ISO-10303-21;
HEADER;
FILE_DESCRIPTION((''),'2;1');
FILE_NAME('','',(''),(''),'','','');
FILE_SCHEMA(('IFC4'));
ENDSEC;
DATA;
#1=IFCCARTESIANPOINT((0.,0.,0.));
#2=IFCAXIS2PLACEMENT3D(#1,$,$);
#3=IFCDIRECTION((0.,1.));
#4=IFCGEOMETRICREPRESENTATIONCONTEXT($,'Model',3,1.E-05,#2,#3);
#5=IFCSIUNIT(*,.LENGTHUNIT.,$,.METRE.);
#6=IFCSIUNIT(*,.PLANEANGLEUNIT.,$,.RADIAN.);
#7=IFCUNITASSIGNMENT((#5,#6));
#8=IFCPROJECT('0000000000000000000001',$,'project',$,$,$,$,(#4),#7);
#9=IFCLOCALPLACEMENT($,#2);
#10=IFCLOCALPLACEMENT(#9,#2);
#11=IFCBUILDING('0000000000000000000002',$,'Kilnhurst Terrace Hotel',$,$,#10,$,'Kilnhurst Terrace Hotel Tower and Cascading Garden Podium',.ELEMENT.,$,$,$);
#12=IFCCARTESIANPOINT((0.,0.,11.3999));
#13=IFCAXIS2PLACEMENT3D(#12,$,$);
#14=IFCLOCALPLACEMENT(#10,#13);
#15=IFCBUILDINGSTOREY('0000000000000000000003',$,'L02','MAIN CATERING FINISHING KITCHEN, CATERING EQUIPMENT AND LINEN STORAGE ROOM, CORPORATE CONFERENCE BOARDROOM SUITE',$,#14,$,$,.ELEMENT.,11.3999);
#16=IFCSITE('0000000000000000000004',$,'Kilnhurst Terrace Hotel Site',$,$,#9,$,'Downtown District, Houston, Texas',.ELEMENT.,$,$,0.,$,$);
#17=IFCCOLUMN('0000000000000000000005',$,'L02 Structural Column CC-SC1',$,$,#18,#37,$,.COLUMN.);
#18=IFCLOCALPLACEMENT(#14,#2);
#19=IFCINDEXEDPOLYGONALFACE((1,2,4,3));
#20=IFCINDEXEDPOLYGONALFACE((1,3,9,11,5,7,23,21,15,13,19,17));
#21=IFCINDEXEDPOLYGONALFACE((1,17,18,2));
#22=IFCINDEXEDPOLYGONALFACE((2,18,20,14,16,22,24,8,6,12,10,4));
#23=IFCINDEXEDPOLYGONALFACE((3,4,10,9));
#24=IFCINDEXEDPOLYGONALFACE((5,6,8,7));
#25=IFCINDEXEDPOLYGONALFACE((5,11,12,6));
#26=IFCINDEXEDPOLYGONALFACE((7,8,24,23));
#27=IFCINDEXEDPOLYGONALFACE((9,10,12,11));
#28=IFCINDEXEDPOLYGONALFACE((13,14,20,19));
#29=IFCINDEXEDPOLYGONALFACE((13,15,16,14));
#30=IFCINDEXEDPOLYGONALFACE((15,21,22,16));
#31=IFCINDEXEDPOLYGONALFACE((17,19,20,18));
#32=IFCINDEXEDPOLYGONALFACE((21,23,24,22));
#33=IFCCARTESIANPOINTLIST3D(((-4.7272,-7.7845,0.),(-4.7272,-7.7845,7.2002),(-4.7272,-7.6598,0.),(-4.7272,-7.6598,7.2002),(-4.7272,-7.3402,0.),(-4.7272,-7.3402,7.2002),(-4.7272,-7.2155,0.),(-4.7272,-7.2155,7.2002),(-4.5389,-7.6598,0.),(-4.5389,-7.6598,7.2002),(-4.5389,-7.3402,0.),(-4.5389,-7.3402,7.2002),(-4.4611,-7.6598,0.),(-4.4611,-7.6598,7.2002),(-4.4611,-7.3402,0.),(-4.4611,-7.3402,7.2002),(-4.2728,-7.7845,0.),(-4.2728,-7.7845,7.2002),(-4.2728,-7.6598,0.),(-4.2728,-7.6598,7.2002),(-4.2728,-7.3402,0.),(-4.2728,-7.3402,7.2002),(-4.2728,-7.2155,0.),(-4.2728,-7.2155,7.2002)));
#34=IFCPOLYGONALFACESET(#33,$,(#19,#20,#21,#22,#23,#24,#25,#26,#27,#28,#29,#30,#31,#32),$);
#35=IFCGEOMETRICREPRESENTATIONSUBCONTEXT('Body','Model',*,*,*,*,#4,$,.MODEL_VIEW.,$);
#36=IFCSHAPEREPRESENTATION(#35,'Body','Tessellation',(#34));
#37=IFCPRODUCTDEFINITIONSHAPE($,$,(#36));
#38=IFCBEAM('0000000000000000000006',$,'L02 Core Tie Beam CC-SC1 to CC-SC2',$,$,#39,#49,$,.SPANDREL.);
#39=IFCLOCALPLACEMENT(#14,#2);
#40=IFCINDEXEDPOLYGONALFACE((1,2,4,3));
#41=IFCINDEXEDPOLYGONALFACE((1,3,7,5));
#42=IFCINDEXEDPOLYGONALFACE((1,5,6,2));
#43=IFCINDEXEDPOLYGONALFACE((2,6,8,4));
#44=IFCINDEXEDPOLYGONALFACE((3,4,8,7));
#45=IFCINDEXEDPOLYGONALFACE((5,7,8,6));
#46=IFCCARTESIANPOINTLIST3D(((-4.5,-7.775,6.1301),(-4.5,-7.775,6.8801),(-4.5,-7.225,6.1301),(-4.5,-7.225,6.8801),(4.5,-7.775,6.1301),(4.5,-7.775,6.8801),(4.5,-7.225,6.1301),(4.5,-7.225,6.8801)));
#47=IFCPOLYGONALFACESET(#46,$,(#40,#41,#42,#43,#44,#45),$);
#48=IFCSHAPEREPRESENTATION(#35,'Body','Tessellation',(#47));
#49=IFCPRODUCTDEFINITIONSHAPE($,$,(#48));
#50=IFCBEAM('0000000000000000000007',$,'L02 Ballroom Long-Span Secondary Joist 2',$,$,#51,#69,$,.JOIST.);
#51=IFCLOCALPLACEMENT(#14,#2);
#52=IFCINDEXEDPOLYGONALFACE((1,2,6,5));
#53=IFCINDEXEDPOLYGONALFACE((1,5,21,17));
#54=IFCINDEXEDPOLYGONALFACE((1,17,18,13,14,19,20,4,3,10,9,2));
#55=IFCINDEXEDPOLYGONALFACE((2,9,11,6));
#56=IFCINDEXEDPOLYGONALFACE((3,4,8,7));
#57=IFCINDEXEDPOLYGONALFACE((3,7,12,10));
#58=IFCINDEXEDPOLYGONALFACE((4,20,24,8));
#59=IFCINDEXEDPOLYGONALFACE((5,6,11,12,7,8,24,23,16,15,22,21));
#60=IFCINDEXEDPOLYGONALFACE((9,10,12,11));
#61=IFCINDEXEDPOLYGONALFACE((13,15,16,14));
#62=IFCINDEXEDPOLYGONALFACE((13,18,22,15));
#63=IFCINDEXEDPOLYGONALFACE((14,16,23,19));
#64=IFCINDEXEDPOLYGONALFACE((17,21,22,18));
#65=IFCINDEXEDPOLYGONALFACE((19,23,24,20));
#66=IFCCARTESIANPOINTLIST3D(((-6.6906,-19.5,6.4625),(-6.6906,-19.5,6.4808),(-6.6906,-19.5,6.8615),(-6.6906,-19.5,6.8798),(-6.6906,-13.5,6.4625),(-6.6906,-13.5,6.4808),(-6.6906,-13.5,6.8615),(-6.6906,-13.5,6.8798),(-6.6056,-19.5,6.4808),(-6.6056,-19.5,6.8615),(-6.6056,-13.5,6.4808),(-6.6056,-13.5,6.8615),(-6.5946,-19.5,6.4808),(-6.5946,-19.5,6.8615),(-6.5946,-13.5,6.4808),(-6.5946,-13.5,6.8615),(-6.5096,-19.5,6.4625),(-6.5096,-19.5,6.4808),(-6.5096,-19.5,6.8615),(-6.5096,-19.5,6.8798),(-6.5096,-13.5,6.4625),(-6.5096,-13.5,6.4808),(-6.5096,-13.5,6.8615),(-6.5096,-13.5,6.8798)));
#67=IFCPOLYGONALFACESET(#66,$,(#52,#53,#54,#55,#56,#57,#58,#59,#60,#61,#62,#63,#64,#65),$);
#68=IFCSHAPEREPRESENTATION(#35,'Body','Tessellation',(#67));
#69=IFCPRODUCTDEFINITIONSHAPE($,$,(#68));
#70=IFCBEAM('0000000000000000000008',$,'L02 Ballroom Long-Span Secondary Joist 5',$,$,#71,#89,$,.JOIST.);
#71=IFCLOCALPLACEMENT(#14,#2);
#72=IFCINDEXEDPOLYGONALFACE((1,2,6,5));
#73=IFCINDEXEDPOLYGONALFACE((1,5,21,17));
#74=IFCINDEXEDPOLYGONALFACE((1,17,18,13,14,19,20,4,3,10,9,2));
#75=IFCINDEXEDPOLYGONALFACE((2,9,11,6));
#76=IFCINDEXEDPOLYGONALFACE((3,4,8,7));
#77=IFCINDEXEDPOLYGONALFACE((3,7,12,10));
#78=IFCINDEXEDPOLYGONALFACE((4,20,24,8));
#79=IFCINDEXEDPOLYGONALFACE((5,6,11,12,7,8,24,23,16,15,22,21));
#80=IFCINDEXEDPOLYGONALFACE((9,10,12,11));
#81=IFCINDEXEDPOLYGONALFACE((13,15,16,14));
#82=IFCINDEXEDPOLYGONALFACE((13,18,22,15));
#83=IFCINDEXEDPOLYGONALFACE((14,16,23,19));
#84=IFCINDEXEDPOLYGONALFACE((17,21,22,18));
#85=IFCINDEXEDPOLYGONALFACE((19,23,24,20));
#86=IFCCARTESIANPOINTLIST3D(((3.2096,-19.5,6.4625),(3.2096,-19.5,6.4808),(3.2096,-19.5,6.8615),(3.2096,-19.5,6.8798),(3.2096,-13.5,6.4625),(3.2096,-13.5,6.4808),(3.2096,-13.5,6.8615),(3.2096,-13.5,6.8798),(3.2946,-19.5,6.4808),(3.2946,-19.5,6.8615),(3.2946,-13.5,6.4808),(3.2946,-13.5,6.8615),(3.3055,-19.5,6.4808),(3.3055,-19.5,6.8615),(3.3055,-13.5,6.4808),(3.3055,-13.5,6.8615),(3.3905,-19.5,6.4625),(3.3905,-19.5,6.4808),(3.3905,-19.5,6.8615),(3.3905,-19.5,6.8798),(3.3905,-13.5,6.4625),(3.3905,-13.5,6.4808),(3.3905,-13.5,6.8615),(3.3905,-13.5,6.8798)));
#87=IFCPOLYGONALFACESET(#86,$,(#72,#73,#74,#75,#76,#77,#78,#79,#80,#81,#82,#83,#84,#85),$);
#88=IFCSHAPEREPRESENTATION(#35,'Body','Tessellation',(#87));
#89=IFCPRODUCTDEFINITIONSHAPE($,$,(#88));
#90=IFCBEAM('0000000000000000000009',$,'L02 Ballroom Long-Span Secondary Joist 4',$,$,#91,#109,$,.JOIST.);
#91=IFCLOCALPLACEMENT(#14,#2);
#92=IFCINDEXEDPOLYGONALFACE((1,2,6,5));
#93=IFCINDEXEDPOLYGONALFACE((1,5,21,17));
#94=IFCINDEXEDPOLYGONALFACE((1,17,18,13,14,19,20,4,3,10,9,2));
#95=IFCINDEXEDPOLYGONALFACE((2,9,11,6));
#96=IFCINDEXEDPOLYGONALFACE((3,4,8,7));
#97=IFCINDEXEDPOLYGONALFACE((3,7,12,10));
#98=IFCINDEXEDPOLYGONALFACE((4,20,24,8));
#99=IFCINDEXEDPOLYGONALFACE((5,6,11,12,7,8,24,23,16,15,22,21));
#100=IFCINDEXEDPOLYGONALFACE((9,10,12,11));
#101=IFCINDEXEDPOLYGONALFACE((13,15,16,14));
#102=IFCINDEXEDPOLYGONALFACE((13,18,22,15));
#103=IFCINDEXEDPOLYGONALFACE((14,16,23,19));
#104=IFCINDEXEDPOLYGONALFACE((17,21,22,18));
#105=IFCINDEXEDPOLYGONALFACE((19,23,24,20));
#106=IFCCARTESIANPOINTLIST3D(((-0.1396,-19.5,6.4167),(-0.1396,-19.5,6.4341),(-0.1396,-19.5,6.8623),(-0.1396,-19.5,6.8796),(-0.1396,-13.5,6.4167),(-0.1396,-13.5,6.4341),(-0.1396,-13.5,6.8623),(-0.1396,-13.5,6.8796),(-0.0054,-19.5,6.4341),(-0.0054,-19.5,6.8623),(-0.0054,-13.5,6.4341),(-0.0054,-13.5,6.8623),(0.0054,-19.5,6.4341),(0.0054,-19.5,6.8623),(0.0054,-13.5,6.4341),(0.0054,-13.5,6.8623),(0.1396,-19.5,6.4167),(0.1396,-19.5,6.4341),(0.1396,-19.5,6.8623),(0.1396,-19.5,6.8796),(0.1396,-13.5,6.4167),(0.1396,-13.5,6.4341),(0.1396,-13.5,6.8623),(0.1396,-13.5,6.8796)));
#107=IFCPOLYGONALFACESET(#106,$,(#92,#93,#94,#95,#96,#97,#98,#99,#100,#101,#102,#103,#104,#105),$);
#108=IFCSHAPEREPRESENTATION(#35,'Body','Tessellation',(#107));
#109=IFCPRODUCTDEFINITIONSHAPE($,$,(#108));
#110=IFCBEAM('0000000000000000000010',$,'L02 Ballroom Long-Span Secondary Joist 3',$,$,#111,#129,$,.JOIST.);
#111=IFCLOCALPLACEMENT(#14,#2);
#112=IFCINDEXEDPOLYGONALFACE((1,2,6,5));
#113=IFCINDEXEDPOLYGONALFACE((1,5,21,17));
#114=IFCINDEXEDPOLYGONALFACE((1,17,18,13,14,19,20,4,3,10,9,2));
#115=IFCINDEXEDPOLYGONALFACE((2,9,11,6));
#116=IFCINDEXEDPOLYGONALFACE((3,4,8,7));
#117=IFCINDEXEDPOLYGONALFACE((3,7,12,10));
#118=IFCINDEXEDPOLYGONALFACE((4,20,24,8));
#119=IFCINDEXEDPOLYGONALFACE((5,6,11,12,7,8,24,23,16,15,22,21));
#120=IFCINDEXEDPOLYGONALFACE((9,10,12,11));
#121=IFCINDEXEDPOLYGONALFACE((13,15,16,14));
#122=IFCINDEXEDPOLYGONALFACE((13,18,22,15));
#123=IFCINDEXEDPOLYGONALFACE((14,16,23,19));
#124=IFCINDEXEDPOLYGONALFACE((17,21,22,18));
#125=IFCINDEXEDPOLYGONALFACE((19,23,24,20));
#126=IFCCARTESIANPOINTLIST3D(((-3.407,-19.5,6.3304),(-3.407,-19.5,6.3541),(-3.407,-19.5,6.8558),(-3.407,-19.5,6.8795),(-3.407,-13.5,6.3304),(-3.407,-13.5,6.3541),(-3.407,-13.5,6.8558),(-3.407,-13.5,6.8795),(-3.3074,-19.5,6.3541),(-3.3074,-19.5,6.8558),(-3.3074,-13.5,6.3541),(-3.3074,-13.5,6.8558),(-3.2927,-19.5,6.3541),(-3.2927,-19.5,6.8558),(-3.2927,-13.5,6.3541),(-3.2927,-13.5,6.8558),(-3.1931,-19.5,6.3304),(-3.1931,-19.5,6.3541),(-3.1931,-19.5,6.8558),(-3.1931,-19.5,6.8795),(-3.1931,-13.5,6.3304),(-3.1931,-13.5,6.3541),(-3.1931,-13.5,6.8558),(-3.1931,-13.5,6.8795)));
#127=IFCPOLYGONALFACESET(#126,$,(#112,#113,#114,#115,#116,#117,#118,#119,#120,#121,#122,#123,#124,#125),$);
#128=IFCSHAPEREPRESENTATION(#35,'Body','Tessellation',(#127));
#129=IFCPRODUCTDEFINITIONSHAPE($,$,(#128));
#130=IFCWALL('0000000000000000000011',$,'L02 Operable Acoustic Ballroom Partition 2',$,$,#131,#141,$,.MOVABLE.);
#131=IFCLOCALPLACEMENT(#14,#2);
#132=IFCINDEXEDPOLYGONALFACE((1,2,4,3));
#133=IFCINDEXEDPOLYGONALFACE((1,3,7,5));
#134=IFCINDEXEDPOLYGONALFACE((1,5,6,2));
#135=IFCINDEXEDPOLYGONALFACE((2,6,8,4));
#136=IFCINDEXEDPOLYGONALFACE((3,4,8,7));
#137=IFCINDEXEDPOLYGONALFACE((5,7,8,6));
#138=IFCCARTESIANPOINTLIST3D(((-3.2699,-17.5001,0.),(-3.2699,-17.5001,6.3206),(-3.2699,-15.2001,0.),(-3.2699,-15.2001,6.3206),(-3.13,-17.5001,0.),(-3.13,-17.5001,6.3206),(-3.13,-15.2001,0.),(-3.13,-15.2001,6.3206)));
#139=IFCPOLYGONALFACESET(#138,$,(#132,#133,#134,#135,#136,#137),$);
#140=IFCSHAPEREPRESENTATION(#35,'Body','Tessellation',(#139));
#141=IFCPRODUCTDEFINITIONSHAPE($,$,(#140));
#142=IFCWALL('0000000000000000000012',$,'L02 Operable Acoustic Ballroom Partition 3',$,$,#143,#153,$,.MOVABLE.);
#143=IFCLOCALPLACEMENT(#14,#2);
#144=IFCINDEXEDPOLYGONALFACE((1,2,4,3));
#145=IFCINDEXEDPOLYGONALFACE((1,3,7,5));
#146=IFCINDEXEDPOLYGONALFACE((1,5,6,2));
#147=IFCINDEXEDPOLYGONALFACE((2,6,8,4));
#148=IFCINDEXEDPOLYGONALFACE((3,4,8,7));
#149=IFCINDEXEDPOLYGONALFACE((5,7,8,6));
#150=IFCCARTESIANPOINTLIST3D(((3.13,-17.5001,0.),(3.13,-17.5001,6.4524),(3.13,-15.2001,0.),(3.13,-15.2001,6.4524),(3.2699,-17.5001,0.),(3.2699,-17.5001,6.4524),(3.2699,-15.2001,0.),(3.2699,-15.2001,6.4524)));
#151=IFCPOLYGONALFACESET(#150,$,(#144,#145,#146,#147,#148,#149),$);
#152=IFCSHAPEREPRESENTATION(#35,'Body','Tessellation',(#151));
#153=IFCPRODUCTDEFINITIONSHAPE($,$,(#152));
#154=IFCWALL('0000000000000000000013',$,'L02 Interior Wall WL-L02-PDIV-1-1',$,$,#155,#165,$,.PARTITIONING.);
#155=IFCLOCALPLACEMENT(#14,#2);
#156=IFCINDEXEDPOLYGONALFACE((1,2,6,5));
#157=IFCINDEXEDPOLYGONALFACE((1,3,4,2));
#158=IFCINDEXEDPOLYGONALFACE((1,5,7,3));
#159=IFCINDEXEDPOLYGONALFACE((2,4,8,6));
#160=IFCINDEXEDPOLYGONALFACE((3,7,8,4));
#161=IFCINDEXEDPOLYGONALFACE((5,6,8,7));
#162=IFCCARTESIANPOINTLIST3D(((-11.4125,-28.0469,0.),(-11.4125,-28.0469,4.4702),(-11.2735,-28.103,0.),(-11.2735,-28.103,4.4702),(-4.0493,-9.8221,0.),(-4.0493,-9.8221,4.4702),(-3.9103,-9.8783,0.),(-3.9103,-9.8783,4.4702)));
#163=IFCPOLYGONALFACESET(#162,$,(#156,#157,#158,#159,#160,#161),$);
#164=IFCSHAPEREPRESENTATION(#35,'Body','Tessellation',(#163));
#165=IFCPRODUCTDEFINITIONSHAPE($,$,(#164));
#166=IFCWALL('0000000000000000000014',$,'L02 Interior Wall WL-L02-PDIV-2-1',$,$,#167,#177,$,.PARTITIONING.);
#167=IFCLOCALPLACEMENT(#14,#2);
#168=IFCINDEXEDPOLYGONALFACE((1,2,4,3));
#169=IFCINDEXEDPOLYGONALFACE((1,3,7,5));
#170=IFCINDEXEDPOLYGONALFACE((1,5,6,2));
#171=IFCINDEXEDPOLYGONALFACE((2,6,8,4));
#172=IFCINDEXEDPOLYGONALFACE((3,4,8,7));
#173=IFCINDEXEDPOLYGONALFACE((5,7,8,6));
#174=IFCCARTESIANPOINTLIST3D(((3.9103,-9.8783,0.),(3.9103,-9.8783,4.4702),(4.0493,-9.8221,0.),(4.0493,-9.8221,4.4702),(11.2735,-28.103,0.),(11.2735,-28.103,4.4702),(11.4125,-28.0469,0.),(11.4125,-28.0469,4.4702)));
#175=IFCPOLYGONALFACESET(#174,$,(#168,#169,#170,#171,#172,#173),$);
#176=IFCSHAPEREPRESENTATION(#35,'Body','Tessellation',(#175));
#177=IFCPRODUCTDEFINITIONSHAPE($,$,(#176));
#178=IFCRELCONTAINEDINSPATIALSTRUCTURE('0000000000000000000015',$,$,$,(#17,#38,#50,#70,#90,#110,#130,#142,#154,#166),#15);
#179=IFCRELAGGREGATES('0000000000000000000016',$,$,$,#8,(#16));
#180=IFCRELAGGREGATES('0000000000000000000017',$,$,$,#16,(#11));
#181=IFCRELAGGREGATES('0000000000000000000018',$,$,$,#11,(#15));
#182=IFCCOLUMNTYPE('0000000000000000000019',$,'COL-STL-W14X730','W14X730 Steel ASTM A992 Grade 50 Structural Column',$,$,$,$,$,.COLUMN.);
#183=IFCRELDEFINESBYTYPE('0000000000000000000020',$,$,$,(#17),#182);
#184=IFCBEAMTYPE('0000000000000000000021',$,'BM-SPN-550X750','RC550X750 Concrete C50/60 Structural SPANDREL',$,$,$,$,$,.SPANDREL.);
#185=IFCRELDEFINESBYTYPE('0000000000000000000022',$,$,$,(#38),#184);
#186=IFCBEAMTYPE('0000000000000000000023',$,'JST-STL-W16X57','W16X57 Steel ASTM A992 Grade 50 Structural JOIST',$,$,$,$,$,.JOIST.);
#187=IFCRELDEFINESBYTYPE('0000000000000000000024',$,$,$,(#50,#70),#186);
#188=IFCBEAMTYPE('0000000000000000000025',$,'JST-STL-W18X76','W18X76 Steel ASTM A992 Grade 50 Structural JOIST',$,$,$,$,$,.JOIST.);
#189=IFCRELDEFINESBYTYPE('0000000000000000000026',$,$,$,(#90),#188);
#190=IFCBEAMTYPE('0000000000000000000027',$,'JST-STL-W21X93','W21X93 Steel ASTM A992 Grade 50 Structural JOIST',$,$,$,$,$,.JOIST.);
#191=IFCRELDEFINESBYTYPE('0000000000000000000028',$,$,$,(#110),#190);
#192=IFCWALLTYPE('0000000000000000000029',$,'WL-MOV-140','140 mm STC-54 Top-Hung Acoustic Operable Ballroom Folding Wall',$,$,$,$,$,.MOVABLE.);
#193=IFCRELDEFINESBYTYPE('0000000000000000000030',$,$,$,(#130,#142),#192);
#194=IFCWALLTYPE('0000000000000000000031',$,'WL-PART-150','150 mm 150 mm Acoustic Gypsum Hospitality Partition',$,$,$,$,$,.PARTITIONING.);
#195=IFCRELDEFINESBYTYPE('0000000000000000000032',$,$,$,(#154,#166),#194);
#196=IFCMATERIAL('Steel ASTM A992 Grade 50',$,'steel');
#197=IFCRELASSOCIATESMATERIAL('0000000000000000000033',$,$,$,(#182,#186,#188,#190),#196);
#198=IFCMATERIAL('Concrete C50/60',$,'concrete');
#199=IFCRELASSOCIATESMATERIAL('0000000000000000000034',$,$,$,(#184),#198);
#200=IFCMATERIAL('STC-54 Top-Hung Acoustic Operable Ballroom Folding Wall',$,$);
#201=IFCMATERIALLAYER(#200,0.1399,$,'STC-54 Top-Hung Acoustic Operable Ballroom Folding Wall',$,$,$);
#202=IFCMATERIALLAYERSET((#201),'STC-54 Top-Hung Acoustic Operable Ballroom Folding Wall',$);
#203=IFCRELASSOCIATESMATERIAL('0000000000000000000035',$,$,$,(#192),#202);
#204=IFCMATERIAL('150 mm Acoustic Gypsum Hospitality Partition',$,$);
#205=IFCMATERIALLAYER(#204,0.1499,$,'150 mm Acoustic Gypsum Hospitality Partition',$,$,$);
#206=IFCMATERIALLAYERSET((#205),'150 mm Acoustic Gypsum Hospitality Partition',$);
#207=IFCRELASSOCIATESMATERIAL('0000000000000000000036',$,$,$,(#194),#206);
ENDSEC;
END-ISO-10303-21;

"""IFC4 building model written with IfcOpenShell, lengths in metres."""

from ifc_helpers import new_model, si_unit, direction, frame, frame_2d, origin, origin_2d, place, context, subcontext, project, spatial, rectangle, i_section, extrude, material, layer, layer_set, material_profile, profile_set, type_object, element, save


model = new_model("IFC4")

# Units and contexts
model_context = context("Model", 3, precision=1e-05, world=origin(), true_north=direction((0.0, 1.0)))
body_context = subcontext(model_context, "Body", "Model", "MODEL_VIEW")
ifc_project = project(units=[si_unit("LENGTHUNIT", "METRE"), si_unit("PLANEANGLEUNIT", "RADIAN")], contexts=[model_context])

# Site, building, storey
site_placement = place(None, origin())
site = spatial("IfcSite", under=ifc_project, at=site_placement, Name="Kilnhurst Terrace Hotel Site", LongName="Downtown District, Houston, Texas", CompositionType="ELEMENT", RefElevation=0.0)
building_placement = place(site_placement, origin())
building = spatial("IfcBuilding", under=site, at=building_placement, Name="Kilnhurst Terrace Hotel", LongName="Kilnhurst Terrace Hotel Tower and Cascading Garden Podium", CompositionType="ELEMENT")
storey_placement = place(building_placement, frame((0.0, 0.0, 11.3999)))
storey = spatial("IfcBuildingStorey", under=building, at=storey_placement, Name="L02", Description="MAIN CATERING FINISHING KITCHEN, CATERING EQUIPMENT AND LINEN STORAGE ROOM, CORPORATE CONFERENCE BOARDROOM SUITE", CompositionType="ELEMENT", Elevation=11.3999)

# Column
ifc_material_1 = material(Name="Steel ASTM A992 Grade 50", Category="steel")
ifc_material_profile_1 = material_profile(ifc_material_1, i_section(OverallWidth=0.4543, OverallDepth=0.5691, WebThickness=0.0779, FlangeThickness=0.1248, at=origin_2d()), Name="W14X730")
ifc_profile_set_1 = profile_set([ifc_material_profile_1], Name="Steel ASTM A992 Grade 50")
column_type = type_object("IfcColumnType", Name="COL-STL-W14X730", Description="W14X730 Steel ASTM A992 Grade 50 Structural Column", PredefinedType="COLUMN", material=ifc_profile_set_1)
column_placement = place(storey_placement, frame((-4.5, -7.5, 0.0), z_axis=(0.0, 0.0, 1.0), x_axis=(1.0, 0.0, 0.0)))
element("IfcColumn", 1, at=column_placement, inside=storey, type_object=column_type, Name="L02 Structural Column CC-SC1", PredefinedType="COLUMN", context=body_context, shape_type="SweptSolid", body=[
    extrude(i_section(OverallWidth=0.4543, OverallDepth=0.5691, WebThickness=0.0779, FlangeThickness=0.1248, at=origin_2d()), origin(), (0.0, 0.0, 1.0), 7.2002),
])

# Beams
ifc_material_2 = material(Name="Concrete C50/60", Category="concrete")
ifc_material_profile_2 = material_profile(ifc_material_2, rectangle(XDim=0.55, YDim=0.75, at=origin_2d()), Name="RC550X750")
ifc_profile_set_2 = profile_set([ifc_material_profile_2], Name="Concrete C50/60")
beam_type_1 = type_object("IfcBeamType", Name="BM-SPN-550X750", Description="RC550X750 Concrete C50/60 Structural SPANDREL", PredefinedType="SPANDREL", material=ifc_profile_set_2)
beam_1_placement = place(storey_placement, frame((-4.5, -7.5, 6.5051), z_axis=(1.0, 0.0, 0.0), x_axis=(0.0, 1.0, 0.0)))
element("IfcBeam", 2, at=beam_1_placement, inside=storey, type_object=beam_type_1, Name="L02 Core Tie Beam CC-SC1 to CC-SC2", PredefinedType="SPANDREL", context=body_context, shape_type="SweptSolid", body=[
    extrude(rectangle(XDim=0.55, YDim=0.75, at=origin_2d()), origin(), (0.0, 0.0, 1.0), 9.0),
])
ifc_material_profile_3 = material_profile(ifc_material_1, i_section(OverallWidth=0.1809, OverallDepth=0.4172, WebThickness=0.011, FlangeThickness=0.0183, at=origin_2d()), Name="W16X57")
ifc_profile_set_3 = profile_set([ifc_material_profile_3], Name="Steel ASTM A992 Grade 50")
beam_type_2 = type_object("IfcBeamType", Name="JST-STL-W16X57", Description="W16X57 Steel ASTM A992 Grade 50 Structural JOIST", PredefinedType="JOIST", material=ifc_profile_set_3)
for number, where, z_axis, x_axis, name in (
    (3, (-6.6001, -19.5, 6.6711), (0.0, 1.0, 0.0), (-1.0, 0.0, 0.0), "L02 Ballroom Long-Span Secondary Joist 2"),
    (4, (3.3, -19.5, 6.6711), (0.0, 1.0, 0.0), (-1.0, 0.0, 0.0), "L02 Ballroom Long-Span Secondary Joist 5"),
):
    element("IfcBeam", number, at=place(storey_placement, frame(where, z_axis=z_axis, x_axis=x_axis)), inside=storey, type_object=beam_type_2, Name=name, PredefinedType="JOIST", context=body_context, shape_type="SweptSolid", body=[
        extrude(i_section(OverallWidth=0.1809, OverallDepth=0.4172, WebThickness=0.011, FlangeThickness=0.0183, at=origin_2d()), origin(), (0.0, 0.0, 1.0), 6.0),
    ])
ifc_material_profile_4 = material_profile(ifc_material_1, i_section(OverallWidth=0.2793, OverallDepth=0.4629, WebThickness=0.0107, FlangeThickness=0.0173, at=origin_2d()), Name="W18X76")
ifc_profile_set_4 = profile_set([ifc_material_profile_4], Name="Steel ASTM A992 Grade 50")
beam_type_3 = type_object("IfcBeamType", Name="JST-STL-W18X76", Description="W18X76 Steel ASTM A992 Grade 50 Structural JOIST", PredefinedType="JOIST", material=ifc_profile_set_4)
beam_2_placement = place(storey_placement, frame((0.0, -19.5, 6.6482), z_axis=(0.0, 1.0, 0.0), x_axis=(-1.0, 0.0, 0.0)))
element("IfcBeam", 5, at=beam_2_placement, inside=storey, type_object=beam_type_3, Name="L02 Ballroom Long-Span Secondary Joist 4", PredefinedType="JOIST", context=body_context, shape_type="SweptSolid", body=[
    extrude(i_section(OverallWidth=0.2793, OverallDepth=0.4629, WebThickness=0.0107, FlangeThickness=0.0173, at=origin_2d()), origin(), (0.0, 0.0, 1.0), 6.0),
])
ifc_material_profile_5 = material_profile(ifc_material_1, i_section(OverallWidth=0.2139, OverallDepth=0.5491, WebThickness=0.0146, FlangeThickness=0.0237, at=origin_2d()), Name="W21X93")
ifc_profile_set_5 = profile_set([ifc_material_profile_5], Name="Steel ASTM A992 Grade 50")
beam_type_4 = type_object("IfcBeamType", Name="JST-STL-W21X93", Description="W21X93 Steel ASTM A992 Grade 50 Structural JOIST", PredefinedType="JOIST", material=ifc_profile_set_5)
beam_3_placement = place(storey_placement, frame((-3.3, -19.5, 6.605), z_axis=(0.0, 1.0, 0.0), x_axis=(-1.0, 0.0, 0.0)))
element("IfcBeam", 6, at=beam_3_placement, inside=storey, type_object=beam_type_4, Name="L02 Ballroom Long-Span Secondary Joist 3", PredefinedType="JOIST", context=body_context, shape_type="SweptSolid", body=[
    extrude(i_section(OverallWidth=0.2139, OverallDepth=0.5491, WebThickness=0.0146, FlangeThickness=0.0237, at=origin_2d()), origin(), (0.0, 0.0, 1.0), 6.0),
])

# Walls
ifc_material_3 = material(Name="STC-54 Top-Hung Acoustic Operable Ballroom Folding Wall")
ifc_layer_1 = layer(ifc_material_3, 0.1399, Name="STC-54 Top-Hung Acoustic Operable Ballroom Folding Wall")
ifc_layer_set_1 = layer_set([ifc_layer_1], Name="STC-54 Top-Hung Acoustic Operable Ballroom Folding Wall")
wall_type_1 = type_object("IfcWallType", Name="WL-MOV-140", Description="140 mm STC-54 Top-Hung Acoustic Operable Ballroom Folding Wall", PredefinedType="MOVABLE", material=ifc_layer_set_1)
wall_1_placement = place(storey_placement, frame((-3.2, -17.5, 0.0), z_axis=(0.0, 0.0, 1.0), x_axis=(0.0, 1.0, 0.0)))
element("IfcWall", 7, at=wall_1_placement, inside=storey, type_object=wall_type_1, Name="L02 Operable Acoustic Ballroom Partition 2", PredefinedType="MOVABLE", context=body_context, shape_type="SweptSolid", body=[
    extrude(rectangle(XDim=2.3, YDim=0.1399, at=frame_2d((1.1499, 0.0))), origin(), (0.0, 0.0, 1.0), 6.3206),
])
wall_2_placement = place(storey_placement, frame((3.2, -17.5, 0.0), z_axis=(0.0, 0.0, 1.0), x_axis=(0.0, 1.0, 0.0)))
element("IfcWall", 8, at=wall_2_placement, inside=storey, type_object=wall_type_1, Name="L02 Operable Acoustic Ballroom Partition 3", PredefinedType="MOVABLE", context=body_context, shape_type="SweptSolid", body=[
    extrude(rectangle(XDim=2.3, YDim=0.1399, at=frame_2d((1.1499, 0.0))), origin(), (0.0, 0.0, 1.0), 6.4524),
])
ifc_material_4 = material(Name="150 mm Acoustic Gypsum Hospitality Partition")
ifc_layer_2 = layer(ifc_material_4, 0.1499, Name="150 mm Acoustic Gypsum Hospitality Partition")
ifc_layer_set_2 = layer_set([ifc_layer_2], Name="150 mm Acoustic Gypsum Hospitality Partition")
wall_type_2 = type_object("IfcWallType", Name="WL-PART-150", Description="150 mm 150 mm Acoustic Gypsum Hospitality Partition", PredefinedType="PARTITIONING", material=ifc_layer_set_2)
for number, where, z_axis, x_axis, name in (
    (9, (-3.9797, -9.8501, 0.0), (0.0, 0.0, 1.0), (-0.374605, -0.927185, 0.0), "L02 Interior Wall WL-L02-PDIV-1-1"),
    (10, (3.9797, -9.8501, 0.0), (0.0, 0.0, 1.0), (0.374605, -0.927185, 0.0), "L02 Interior Wall WL-L02-PDIV-2-1"),
):
    element("IfcWall", number, at=place(storey_placement, frame(where, z_axis=z_axis, x_axis=x_axis)), inside=storey, type_object=wall_type_2, Name=name, PredefinedType="PARTITIONING", context=body_context, shape_type="SweptSolid", body=[
        extrude(rectangle(XDim=19.656, YDim=0.1499, at=frame_2d((9.8281, 0.0))), origin(), (0.0, 0.0, 1.0), 4.4702),
    ])

save(model, "model.ifc")
